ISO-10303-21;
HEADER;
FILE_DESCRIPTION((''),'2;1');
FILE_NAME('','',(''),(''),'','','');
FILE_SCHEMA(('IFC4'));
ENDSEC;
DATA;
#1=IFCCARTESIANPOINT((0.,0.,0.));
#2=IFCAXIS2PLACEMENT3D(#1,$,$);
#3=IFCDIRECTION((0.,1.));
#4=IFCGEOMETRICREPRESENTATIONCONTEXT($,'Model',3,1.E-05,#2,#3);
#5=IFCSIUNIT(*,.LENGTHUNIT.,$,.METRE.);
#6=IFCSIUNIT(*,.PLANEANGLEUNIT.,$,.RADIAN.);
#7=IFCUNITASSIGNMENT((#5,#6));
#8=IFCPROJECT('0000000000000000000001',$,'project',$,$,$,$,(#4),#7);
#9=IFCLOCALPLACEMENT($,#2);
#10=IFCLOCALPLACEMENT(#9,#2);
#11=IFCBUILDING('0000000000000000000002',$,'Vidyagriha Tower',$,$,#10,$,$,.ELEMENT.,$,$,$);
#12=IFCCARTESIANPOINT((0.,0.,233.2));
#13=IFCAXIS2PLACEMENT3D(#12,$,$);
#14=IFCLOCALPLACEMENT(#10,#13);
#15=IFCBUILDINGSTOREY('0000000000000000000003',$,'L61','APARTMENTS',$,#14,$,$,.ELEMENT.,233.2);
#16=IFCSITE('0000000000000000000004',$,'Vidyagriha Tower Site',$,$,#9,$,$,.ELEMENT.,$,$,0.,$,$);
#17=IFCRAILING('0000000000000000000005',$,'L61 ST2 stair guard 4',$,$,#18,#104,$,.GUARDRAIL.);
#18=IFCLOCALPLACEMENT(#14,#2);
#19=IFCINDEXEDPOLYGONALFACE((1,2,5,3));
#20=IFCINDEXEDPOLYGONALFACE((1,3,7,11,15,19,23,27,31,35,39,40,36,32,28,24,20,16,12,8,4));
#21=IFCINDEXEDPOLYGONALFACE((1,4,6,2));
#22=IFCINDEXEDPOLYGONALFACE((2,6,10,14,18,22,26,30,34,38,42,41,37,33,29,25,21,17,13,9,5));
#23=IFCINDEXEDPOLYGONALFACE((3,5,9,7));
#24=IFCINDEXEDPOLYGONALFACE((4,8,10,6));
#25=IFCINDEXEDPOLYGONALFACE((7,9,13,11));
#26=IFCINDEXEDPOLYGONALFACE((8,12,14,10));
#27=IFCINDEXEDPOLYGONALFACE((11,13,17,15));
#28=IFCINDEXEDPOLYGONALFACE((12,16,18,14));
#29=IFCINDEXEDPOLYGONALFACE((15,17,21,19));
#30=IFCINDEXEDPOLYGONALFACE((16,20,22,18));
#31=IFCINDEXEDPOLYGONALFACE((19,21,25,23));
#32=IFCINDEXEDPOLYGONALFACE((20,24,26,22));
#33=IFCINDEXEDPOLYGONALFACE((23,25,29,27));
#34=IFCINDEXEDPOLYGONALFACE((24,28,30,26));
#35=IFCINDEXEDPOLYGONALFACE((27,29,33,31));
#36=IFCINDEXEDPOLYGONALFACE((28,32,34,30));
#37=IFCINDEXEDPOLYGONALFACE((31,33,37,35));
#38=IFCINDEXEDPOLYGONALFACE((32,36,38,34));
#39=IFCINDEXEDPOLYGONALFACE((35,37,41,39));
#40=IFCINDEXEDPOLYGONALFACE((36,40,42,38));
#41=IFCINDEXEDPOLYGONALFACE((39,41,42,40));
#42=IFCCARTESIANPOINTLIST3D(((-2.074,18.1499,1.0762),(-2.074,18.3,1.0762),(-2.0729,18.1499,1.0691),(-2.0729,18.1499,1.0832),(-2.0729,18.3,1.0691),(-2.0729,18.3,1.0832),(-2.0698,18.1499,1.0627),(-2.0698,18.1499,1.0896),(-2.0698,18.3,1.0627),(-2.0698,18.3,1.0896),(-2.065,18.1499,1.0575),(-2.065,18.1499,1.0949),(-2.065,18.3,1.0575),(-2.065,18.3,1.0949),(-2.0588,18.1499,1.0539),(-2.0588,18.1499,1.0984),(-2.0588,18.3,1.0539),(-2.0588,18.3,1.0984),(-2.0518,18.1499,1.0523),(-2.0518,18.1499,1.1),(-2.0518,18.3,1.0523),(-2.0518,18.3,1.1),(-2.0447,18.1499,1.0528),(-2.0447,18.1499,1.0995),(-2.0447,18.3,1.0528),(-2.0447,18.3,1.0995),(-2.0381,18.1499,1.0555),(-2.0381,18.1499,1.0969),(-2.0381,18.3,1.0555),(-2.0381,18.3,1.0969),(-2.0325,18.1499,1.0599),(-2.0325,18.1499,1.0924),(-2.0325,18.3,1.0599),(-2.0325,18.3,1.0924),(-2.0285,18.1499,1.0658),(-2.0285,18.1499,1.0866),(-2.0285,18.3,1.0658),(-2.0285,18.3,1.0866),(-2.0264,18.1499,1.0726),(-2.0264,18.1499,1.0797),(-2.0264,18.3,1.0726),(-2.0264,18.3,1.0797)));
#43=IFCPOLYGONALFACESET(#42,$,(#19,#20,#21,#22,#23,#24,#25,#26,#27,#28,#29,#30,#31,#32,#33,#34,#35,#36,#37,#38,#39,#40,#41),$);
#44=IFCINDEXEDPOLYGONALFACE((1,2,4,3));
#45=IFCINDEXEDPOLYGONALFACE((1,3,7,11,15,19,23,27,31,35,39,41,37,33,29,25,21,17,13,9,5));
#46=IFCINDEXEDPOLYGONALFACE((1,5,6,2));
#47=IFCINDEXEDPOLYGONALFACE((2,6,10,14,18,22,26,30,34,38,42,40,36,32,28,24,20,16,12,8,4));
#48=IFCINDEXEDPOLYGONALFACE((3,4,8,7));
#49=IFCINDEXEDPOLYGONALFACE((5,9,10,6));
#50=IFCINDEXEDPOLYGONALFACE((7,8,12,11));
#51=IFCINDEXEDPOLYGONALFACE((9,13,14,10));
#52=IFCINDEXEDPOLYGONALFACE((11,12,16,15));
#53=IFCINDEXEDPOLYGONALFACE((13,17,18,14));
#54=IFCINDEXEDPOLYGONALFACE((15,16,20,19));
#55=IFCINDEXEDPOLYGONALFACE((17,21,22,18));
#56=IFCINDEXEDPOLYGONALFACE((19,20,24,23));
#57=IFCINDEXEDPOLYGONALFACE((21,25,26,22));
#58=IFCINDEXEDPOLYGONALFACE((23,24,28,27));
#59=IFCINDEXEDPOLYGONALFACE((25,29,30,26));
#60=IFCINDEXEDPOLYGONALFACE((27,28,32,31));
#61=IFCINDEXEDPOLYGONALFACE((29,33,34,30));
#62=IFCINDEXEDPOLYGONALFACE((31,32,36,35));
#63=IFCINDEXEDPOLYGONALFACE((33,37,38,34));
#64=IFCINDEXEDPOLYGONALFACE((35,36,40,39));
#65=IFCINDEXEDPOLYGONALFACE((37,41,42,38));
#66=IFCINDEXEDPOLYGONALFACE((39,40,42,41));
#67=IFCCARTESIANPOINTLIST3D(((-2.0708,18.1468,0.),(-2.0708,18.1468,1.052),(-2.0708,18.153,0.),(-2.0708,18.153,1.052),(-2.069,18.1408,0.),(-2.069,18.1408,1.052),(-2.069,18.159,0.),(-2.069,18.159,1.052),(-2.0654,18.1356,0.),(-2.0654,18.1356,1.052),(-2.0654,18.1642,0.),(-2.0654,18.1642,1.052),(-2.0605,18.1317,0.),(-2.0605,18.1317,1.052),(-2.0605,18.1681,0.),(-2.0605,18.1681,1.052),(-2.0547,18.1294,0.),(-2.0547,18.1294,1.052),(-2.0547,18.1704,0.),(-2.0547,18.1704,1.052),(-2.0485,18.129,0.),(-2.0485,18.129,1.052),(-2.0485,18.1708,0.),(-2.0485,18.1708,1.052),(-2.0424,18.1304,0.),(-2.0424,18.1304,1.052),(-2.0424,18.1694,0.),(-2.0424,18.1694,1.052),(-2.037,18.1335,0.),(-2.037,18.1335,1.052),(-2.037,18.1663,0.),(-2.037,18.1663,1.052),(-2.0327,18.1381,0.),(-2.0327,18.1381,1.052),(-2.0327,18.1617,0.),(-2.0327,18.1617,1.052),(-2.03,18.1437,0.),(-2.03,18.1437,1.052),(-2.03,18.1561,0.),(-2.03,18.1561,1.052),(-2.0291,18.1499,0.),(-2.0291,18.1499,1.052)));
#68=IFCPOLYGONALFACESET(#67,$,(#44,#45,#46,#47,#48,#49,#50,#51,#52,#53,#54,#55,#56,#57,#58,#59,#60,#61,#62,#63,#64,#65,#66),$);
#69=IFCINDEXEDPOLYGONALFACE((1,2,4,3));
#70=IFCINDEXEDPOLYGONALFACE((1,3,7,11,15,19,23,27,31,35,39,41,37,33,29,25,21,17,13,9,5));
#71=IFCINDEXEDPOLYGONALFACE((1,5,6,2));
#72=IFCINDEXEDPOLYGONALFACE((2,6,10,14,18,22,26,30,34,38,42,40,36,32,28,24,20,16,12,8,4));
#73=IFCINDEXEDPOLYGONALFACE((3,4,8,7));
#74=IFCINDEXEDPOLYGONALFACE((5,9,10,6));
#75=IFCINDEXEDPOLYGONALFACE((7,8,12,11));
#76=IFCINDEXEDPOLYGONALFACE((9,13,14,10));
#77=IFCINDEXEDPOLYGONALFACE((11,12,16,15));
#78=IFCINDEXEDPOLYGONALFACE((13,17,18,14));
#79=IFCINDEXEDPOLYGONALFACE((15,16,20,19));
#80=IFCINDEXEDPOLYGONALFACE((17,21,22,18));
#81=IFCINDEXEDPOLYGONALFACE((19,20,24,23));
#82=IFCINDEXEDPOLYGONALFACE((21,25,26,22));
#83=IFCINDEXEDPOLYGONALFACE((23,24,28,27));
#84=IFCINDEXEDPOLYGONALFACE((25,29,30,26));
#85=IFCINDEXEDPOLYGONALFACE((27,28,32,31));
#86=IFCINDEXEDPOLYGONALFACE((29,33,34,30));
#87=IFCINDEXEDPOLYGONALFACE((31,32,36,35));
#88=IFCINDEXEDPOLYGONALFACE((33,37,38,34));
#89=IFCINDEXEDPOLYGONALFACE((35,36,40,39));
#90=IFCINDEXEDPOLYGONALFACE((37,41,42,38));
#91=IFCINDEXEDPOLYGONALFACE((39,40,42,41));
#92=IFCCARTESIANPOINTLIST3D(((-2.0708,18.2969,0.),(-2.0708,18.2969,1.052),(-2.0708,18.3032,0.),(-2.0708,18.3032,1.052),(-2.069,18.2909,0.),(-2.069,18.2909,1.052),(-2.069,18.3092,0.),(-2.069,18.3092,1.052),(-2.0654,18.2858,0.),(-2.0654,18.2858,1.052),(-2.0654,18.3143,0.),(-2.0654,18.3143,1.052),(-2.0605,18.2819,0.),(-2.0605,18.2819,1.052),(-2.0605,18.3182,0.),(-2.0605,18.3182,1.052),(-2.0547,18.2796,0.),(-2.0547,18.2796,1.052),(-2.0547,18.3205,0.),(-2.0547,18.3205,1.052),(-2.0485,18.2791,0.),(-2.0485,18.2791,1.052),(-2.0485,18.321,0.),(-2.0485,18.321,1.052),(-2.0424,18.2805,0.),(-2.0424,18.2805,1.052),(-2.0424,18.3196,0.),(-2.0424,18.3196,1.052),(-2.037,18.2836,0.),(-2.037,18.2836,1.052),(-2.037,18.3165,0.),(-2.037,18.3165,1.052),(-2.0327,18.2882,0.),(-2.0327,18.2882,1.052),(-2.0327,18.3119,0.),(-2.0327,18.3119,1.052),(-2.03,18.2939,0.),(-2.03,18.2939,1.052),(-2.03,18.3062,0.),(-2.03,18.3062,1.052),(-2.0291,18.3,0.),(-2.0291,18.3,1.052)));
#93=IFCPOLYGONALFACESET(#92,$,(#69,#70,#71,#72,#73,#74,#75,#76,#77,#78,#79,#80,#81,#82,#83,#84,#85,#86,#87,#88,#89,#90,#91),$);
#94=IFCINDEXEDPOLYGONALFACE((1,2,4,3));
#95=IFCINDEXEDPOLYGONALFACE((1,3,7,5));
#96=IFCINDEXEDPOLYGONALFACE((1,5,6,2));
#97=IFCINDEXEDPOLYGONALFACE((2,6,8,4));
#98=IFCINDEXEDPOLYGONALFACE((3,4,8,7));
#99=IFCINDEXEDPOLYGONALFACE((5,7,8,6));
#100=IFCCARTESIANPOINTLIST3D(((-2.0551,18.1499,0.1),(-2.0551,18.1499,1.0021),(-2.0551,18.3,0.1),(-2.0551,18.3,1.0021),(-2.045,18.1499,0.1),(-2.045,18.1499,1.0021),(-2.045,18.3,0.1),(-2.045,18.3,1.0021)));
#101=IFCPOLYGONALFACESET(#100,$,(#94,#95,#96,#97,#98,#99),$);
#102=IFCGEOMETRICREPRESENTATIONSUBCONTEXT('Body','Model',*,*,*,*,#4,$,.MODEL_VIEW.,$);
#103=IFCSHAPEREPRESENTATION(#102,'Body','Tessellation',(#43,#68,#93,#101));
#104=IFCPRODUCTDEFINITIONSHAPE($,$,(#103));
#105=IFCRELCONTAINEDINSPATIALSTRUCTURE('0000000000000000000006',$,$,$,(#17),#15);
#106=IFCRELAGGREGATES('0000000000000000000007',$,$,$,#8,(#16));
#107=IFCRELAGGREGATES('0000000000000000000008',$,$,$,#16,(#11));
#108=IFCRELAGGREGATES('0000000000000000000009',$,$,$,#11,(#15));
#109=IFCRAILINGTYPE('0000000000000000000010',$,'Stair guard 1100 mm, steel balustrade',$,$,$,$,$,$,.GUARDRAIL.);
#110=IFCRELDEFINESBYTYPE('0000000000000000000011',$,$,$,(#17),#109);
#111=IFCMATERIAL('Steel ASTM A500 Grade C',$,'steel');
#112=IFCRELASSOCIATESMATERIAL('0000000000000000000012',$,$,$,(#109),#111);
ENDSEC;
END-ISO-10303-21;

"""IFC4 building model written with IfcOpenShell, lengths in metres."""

from ifc_helpers import new_model, si_unit, direction, frame, origin, origin_2d, place, context, subcontext, project, spatial, rectangle, circle, extrude, material, type_object, element, save


model = new_model("IFC4")

# Units and contexts
model_context = context("Model", 3, precision=1e-05, world=origin(), true_north=direction((0.0, 1.0)))
body_context = subcontext(model_context, "Body", "Model", "MODEL_VIEW")
ifc_project = project(units=[si_unit("LENGTHUNIT", "METRE"), si_unit("PLANEANGLEUNIT", "RADIAN")], contexts=[model_context])

# Site, building, storey
site_placement = place(None, origin())
site = spatial("IfcSite", under=ifc_project, at=site_placement, Name="Vidyagriha Tower Site", CompositionType="ELEMENT", RefElevation=0.0)
building_placement = place(site_placement, origin())
building = spatial("IfcBuilding", under=site, at=building_placement, Name="Vidyagriha Tower", CompositionType="ELEMENT")
storey_placement = place(building_placement, frame((0.0, 0.0, 233.2)))
storey = spatial("IfcBuildingStorey", under=building, at=storey_placement, Name="L61", Description="APARTMENTS", CompositionType="ELEMENT", Elevation=233.2)

# Railing
ifc_material_1 = material(Name="Steel ASTM A500 Grade C", Category="steel")
railing_type_1 = type_object("IfcRailingType", Name="Stair guard 1100 mm, steel balustrade", PredefinedType="GUARDRAIL", material=ifc_material_1)
railing_1_placement = place(storey_placement, frame((-2.05, 18.1499, 0.0)))
element("IfcRailing", 1, at=railing_1_placement, inside=storey, type_object=railing_type_1, Name="L61 ST2 stair guard 4", PredefinedType="GUARDRAIL", context=body_context, shape_type="SweptSolid", body=[
    extrude(circle(Radius=0.0239, at=origin_2d()), frame((0.0, 0.0, 1.0762), z_axis=(0.0, 1.0, 0.0), x_axis=(-1.0, 0.0, 0.0)), (0.0, 0.0, 1.0), 0.1501),
    extrude(circle(Radius=0.021, at=origin_2d()), origin(), (0.0, 0.0, 1.0), 1.052),
    extrude(circle(Radius=0.021, at=origin_2d()), frame((0.0, 0.1501, 0.0)), (0.0, 0.0, 1.0), 1.052),
    extrude(rectangle(XDim=0.01, YDim=0.9021, at=origin_2d()), frame((0.0, 0.0, 0.551), z_axis=(0.0, 1.0, 0.0), x_axis=(-1.0, 0.0, 0.0)), (0.0, 0.0, 1.0), 0.1501),
])

save(model, "model.ifc")
